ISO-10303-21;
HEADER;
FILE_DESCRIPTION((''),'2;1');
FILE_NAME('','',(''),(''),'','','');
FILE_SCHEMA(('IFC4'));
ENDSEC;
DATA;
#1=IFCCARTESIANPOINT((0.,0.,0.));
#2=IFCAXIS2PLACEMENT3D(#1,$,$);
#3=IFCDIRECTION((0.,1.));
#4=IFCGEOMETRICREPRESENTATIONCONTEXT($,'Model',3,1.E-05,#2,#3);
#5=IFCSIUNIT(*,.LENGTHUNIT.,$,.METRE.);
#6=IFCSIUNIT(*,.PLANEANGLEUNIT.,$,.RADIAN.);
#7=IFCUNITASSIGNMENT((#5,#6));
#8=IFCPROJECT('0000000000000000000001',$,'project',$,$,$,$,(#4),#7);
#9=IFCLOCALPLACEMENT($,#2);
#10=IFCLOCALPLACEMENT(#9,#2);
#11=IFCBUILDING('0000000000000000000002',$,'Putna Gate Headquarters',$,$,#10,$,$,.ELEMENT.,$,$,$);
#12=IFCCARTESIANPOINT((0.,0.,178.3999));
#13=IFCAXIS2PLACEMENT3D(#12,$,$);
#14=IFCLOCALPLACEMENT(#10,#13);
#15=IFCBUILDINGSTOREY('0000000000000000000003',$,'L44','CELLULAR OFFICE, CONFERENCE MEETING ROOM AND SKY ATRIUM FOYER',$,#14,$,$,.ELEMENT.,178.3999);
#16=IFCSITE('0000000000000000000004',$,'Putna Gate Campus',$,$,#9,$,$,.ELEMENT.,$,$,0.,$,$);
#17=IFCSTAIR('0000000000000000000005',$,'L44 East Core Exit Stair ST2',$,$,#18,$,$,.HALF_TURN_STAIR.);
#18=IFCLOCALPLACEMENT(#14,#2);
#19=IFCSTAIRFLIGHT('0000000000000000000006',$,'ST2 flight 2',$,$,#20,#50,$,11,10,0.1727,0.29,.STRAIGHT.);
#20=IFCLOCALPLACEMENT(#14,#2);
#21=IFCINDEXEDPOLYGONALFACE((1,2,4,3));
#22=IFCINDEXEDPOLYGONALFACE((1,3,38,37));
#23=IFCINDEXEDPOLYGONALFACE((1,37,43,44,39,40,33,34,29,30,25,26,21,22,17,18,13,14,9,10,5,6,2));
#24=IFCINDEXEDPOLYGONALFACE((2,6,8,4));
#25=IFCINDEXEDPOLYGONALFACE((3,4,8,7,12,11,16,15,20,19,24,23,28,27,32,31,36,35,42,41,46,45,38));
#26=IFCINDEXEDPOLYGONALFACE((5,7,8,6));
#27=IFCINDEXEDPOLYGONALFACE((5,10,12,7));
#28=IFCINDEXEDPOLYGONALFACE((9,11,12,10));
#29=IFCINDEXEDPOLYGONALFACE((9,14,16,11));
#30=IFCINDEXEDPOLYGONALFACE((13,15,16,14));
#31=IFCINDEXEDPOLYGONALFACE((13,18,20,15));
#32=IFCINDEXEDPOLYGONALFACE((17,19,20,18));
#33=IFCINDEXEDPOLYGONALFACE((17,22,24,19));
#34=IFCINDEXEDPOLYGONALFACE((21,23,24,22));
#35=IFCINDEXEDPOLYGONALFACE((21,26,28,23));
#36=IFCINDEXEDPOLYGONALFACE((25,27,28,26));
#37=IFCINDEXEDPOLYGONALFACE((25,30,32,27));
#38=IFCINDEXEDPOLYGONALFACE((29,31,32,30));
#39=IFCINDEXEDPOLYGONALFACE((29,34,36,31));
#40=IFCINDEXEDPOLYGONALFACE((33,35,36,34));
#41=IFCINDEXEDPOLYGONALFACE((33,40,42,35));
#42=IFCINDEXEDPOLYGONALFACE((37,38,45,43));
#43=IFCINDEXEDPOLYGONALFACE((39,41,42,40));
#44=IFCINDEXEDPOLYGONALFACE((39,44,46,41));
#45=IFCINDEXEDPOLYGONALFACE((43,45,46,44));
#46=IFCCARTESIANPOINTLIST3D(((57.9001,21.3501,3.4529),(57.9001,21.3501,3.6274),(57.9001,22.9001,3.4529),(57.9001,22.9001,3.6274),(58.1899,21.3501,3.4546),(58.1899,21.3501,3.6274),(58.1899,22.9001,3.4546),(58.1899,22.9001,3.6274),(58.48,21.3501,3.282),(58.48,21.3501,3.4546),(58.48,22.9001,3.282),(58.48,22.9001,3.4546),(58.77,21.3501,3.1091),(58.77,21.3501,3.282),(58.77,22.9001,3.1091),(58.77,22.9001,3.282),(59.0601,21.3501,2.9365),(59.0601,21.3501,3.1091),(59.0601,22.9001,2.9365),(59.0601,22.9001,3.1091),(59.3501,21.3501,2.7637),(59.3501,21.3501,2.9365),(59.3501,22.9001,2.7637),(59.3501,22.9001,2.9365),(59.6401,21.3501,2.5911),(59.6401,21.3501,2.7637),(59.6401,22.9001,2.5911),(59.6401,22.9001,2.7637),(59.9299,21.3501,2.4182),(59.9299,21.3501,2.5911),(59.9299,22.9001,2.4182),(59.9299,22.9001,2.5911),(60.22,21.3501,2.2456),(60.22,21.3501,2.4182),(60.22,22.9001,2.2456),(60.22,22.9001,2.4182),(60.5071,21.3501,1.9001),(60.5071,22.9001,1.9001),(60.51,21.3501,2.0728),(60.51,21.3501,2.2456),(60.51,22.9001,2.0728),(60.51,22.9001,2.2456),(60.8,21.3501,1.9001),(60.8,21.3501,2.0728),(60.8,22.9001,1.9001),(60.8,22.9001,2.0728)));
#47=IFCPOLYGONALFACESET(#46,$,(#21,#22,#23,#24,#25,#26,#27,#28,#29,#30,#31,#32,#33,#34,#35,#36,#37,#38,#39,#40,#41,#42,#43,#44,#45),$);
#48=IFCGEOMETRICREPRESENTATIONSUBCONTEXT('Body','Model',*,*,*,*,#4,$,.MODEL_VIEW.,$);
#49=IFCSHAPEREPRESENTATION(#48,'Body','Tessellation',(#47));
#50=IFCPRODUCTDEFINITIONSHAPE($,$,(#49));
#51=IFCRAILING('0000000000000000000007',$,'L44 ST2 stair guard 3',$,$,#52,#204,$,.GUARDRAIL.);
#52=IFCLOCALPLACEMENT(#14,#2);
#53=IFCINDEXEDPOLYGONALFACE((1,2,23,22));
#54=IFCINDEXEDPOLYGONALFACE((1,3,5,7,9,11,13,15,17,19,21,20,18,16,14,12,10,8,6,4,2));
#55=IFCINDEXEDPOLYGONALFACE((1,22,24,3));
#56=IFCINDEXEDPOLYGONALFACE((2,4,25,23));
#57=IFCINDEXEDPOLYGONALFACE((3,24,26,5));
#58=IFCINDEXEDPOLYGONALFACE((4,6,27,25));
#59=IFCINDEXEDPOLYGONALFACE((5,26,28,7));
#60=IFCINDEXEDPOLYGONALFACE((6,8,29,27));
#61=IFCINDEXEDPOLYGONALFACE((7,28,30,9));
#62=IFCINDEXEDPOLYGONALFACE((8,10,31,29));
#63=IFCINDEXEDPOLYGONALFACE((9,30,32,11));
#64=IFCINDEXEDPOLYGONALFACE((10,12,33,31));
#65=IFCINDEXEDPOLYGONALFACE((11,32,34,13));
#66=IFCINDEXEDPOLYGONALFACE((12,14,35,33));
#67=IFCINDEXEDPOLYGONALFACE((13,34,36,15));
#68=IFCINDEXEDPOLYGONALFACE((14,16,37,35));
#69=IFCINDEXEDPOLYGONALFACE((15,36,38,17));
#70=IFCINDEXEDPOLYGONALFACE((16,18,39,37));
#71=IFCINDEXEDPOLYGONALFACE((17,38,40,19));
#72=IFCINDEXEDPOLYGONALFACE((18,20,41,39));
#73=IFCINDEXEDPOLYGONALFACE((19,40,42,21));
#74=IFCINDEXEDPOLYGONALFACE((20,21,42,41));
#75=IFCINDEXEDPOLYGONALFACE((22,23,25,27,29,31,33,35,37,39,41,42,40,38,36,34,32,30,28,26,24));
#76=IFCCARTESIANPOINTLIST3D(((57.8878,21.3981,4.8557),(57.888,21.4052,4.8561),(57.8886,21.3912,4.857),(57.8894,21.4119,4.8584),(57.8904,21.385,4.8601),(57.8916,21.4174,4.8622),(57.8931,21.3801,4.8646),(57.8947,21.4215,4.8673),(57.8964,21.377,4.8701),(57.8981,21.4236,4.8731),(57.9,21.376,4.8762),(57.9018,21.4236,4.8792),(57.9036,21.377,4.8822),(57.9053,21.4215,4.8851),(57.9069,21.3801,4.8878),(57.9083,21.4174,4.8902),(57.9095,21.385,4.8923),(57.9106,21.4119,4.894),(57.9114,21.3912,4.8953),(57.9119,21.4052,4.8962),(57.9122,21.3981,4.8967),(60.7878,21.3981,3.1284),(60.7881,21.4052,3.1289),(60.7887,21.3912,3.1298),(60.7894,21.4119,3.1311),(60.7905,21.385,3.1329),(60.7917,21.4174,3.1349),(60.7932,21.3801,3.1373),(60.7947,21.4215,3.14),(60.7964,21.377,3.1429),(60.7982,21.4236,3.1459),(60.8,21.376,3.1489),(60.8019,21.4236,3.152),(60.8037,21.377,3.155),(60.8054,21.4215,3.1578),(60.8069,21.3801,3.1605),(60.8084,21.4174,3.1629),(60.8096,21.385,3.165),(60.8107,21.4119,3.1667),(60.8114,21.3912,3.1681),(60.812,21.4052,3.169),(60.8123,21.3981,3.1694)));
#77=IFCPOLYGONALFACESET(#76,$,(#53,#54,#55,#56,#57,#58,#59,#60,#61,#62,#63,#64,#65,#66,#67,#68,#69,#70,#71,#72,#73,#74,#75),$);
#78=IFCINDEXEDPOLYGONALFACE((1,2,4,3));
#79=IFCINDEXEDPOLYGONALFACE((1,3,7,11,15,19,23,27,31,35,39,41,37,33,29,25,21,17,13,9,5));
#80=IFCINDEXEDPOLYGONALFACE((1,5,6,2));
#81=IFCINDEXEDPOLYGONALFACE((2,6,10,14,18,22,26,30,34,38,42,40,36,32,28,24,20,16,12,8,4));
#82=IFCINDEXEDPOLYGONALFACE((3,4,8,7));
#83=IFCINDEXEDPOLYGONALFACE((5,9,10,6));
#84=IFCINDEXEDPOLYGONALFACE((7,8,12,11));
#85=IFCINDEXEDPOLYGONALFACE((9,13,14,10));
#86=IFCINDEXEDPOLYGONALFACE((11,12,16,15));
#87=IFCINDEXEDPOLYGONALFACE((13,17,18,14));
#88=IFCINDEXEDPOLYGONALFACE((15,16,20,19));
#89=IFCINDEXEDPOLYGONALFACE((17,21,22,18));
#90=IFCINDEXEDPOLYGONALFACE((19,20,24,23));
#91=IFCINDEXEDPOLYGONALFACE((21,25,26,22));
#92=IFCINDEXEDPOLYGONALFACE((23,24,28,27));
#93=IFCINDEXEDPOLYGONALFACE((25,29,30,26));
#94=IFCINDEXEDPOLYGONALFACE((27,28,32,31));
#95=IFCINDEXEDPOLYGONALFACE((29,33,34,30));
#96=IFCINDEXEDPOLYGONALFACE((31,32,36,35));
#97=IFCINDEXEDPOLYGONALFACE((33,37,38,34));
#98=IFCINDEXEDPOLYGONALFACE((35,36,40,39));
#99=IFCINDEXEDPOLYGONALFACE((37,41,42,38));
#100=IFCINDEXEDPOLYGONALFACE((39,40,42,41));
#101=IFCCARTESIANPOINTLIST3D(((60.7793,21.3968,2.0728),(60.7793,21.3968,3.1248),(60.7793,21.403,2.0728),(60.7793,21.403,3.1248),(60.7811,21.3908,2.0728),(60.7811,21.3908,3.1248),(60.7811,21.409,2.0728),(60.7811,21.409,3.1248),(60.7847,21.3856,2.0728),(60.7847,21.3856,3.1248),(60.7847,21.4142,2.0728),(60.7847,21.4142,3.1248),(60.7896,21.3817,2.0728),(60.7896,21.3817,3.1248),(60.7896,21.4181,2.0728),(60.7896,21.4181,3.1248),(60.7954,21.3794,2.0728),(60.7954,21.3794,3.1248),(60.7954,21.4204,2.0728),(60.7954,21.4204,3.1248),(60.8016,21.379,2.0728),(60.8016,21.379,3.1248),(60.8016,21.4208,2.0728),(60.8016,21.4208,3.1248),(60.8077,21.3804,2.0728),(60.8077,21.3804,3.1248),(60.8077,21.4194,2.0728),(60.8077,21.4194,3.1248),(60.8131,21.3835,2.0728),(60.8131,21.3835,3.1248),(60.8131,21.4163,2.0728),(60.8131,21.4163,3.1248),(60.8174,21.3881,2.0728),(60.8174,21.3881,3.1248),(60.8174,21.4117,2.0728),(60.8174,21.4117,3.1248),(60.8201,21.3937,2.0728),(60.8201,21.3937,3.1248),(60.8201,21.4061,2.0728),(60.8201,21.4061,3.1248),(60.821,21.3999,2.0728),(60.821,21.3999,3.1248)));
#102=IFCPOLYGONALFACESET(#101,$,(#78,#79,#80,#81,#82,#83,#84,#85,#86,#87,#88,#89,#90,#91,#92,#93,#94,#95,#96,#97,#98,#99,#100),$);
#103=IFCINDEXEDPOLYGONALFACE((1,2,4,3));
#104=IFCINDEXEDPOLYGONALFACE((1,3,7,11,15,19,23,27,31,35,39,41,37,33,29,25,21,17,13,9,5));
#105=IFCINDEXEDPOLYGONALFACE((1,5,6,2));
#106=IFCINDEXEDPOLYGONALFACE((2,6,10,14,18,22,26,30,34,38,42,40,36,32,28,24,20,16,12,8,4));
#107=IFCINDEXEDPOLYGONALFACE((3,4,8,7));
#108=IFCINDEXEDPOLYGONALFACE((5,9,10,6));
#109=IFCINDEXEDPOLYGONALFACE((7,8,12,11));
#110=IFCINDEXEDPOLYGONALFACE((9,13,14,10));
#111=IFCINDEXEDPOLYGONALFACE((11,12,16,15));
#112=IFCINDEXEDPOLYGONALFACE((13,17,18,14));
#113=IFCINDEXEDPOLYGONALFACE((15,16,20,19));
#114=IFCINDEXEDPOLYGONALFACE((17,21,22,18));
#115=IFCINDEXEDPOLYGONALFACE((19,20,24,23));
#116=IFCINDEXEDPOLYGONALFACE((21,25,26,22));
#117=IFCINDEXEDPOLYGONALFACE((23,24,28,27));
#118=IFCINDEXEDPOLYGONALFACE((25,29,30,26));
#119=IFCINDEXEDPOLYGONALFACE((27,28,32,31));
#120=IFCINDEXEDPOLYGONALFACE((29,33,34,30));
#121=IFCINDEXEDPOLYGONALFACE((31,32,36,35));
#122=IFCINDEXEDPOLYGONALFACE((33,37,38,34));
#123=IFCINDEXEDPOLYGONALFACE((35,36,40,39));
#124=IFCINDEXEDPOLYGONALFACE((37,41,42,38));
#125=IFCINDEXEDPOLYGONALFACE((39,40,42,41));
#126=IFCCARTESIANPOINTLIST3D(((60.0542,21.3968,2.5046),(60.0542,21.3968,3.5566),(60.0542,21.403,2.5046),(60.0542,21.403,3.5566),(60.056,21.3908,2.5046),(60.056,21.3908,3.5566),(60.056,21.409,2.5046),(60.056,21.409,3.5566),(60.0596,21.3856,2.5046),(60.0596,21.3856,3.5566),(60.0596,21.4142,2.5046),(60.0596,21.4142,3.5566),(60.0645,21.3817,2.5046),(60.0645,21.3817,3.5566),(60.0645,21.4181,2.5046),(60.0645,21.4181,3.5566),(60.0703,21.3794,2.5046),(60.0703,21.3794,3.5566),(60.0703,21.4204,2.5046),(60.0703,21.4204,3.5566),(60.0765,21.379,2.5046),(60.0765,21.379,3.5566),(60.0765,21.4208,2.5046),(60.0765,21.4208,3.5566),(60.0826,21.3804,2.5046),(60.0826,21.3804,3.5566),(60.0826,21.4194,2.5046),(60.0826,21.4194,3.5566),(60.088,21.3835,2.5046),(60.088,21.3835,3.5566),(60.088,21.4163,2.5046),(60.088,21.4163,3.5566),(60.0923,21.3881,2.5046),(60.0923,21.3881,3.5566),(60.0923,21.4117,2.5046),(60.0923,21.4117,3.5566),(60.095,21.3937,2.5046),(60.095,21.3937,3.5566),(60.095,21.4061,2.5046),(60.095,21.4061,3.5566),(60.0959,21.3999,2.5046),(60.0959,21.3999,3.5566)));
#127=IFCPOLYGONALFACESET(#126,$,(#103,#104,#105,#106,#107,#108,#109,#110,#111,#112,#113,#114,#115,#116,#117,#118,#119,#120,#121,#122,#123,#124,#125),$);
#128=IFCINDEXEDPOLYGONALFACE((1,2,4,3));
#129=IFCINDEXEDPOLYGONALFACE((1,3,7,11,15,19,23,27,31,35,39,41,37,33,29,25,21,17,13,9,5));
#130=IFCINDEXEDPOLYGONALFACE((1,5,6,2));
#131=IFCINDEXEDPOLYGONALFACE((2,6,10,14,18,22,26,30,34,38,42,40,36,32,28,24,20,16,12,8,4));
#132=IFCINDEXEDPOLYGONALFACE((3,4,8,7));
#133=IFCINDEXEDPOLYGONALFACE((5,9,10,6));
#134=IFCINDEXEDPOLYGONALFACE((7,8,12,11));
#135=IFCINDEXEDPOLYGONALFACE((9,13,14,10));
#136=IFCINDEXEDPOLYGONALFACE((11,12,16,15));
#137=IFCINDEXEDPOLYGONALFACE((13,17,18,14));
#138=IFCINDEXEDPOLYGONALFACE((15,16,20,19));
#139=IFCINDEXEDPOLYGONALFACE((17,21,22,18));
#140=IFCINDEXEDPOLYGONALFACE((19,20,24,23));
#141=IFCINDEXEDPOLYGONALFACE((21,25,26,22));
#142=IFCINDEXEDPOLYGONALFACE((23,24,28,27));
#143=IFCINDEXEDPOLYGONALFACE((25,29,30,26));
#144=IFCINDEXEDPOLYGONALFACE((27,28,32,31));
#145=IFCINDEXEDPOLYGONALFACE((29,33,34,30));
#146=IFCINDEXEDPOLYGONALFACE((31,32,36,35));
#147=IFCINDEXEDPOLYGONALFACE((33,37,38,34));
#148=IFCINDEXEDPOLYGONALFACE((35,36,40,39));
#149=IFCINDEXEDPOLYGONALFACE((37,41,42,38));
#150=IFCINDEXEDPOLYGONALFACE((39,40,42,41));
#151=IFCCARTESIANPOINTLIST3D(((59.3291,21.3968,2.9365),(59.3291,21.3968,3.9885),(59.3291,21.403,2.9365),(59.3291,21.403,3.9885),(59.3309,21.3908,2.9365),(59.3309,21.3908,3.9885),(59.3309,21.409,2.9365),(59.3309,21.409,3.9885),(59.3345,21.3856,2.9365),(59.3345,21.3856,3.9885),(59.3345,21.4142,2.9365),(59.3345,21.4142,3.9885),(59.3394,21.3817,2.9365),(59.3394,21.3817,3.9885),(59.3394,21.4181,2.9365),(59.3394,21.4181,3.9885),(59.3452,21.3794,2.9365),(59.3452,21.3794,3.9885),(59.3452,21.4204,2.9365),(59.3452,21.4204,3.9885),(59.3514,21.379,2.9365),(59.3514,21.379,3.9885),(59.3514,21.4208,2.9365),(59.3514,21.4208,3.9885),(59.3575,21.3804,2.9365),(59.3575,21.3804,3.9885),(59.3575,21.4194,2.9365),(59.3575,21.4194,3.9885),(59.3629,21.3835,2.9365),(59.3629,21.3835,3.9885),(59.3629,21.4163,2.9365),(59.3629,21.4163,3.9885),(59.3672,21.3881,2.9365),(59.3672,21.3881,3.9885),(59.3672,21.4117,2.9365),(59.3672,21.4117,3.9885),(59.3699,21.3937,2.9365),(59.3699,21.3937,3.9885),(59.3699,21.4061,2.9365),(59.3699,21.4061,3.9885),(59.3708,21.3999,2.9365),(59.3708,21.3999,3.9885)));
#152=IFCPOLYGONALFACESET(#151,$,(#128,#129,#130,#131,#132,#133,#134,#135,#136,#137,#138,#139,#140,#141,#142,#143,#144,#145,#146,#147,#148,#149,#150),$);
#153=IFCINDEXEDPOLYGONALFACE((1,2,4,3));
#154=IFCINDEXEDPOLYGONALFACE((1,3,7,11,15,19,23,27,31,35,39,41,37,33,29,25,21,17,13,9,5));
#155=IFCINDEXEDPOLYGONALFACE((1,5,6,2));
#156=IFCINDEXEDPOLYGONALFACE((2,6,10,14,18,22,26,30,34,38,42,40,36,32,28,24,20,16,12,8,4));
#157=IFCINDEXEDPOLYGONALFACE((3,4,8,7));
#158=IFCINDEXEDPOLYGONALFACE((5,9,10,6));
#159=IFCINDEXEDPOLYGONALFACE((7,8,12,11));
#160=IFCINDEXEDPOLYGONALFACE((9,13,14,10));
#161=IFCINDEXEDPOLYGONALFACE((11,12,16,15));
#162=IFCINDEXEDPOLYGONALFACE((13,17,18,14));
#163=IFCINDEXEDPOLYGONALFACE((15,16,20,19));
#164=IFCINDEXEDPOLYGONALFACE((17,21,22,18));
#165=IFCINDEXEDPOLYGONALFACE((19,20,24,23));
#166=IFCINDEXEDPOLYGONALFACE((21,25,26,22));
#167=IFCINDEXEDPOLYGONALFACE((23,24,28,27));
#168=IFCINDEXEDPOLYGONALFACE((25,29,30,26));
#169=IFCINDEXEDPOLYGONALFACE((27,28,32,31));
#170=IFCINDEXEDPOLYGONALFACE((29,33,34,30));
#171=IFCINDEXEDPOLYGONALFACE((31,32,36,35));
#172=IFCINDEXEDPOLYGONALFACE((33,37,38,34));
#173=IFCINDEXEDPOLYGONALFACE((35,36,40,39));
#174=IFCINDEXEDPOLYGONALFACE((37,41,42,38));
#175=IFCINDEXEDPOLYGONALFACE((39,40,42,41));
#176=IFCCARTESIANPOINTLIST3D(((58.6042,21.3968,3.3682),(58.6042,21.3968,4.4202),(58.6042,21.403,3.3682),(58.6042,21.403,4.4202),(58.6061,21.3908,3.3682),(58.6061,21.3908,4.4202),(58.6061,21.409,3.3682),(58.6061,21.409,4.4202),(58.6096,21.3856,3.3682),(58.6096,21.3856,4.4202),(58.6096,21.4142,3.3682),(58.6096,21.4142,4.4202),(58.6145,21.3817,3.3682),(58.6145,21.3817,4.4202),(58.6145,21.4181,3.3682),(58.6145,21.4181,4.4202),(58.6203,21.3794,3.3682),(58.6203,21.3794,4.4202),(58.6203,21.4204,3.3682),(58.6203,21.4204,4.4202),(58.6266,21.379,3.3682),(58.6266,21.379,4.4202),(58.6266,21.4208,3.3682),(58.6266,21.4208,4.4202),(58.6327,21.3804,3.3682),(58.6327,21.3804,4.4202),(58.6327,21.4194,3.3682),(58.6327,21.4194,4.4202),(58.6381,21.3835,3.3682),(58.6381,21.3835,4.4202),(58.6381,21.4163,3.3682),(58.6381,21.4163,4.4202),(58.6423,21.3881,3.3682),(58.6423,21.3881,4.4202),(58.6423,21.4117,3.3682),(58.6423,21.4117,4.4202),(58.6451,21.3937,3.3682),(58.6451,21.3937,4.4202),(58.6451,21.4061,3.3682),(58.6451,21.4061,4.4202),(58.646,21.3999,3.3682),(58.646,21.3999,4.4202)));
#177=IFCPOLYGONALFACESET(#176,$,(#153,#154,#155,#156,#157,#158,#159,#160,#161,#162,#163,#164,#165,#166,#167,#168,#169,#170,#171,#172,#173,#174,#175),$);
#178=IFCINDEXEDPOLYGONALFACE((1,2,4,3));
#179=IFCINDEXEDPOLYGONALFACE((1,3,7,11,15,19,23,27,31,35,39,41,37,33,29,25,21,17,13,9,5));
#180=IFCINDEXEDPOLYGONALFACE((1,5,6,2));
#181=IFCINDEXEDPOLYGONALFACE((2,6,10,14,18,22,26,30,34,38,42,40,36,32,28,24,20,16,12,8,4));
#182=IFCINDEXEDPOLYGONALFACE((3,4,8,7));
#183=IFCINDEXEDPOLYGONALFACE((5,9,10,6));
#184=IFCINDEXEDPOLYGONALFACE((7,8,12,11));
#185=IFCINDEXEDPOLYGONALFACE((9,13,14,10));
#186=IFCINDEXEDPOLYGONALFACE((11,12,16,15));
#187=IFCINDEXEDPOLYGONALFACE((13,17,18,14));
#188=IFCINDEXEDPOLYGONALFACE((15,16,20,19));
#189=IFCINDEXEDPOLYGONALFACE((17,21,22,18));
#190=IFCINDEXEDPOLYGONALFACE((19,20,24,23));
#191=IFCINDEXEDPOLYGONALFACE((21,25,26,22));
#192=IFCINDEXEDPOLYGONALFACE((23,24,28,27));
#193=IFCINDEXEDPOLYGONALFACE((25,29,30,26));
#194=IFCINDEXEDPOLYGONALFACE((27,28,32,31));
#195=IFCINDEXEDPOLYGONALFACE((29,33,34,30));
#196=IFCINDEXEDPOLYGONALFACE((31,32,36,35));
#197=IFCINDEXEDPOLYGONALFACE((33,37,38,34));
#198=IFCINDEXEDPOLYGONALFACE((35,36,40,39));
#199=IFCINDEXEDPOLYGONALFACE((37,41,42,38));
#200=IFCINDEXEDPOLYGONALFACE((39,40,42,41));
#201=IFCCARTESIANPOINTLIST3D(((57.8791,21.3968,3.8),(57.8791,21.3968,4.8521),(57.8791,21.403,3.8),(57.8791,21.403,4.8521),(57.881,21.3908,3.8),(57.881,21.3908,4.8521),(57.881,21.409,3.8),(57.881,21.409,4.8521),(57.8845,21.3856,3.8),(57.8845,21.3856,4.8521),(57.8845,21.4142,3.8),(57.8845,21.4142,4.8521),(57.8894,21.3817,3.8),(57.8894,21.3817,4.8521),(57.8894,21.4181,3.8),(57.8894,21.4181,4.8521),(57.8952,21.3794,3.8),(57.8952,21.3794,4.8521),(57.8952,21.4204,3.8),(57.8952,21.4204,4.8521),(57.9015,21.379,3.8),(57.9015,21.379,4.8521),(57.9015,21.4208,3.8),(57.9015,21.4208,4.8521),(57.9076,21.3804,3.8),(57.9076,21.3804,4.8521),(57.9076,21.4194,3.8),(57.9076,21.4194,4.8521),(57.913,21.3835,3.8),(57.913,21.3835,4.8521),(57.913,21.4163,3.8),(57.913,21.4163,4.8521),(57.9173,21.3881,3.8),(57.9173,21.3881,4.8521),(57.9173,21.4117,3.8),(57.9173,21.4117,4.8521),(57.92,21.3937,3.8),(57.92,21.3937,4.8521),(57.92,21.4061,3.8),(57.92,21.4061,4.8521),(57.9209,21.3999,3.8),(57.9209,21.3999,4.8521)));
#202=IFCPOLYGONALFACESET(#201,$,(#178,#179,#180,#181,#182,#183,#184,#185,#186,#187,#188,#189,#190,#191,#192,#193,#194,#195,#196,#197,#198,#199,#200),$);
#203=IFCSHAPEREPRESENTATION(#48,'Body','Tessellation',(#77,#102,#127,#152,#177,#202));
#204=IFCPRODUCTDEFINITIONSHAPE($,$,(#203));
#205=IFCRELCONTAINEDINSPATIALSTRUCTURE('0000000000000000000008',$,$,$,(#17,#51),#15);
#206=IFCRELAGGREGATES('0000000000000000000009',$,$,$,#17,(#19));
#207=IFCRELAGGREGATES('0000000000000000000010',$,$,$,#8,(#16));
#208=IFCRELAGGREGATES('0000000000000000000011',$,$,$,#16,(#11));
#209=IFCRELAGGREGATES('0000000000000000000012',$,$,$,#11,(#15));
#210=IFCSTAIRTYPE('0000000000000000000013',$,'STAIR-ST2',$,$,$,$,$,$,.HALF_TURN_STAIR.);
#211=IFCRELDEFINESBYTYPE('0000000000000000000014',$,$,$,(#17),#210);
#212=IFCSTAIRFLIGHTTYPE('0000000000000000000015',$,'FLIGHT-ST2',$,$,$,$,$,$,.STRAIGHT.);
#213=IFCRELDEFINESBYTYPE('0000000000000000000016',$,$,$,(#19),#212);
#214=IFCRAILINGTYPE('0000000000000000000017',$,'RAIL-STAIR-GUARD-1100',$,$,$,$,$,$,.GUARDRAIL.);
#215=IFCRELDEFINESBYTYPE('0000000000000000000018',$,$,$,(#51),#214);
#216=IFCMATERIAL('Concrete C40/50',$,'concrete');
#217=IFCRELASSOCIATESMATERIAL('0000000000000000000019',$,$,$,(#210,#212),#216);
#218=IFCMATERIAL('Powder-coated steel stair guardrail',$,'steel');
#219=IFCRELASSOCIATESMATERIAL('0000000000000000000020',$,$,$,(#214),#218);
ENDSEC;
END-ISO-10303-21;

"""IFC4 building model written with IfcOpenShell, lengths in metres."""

from ifc_helpers import new_model, si_unit, direction, frame, origin, origin_2d, place, context, subcontext, project, spatial, polyline, circle, outline, extrude, material, type_object, element, aggregate, save


model = new_model("IFC4")

# Units and contexts
model_context = context("Model", 3, precision=1e-05, world=origin(), true_north=direction((0.0, 1.0)))
body_context = subcontext(model_context, "Body", "Model", "MODEL_VIEW")
ifc_project = project(units=[si_unit("LENGTHUNIT", "METRE"), si_unit("PLANEANGLEUNIT", "RADIAN")], contexts=[model_context])

# Site, building, storey
site_placement = place(None, origin())
site = spatial("IfcSite", under=ifc_project, at=site_placement, Name="Putna Gate Campus", CompositionType="ELEMENT", RefElevation=0.0)
building_placement = place(site_placement, origin())
building = spatial("IfcBuilding", under=site, at=building_placement, Name="Putna Gate Headquarters", CompositionType="ELEMENT")
storey_placement = place(building_placement, frame((0.0, 0.0, 178.3999)))
storey = spatial("IfcBuildingStorey", under=building, at=storey_placement, Name="L44", Description="CELLULAR OFFICE, CONFERENCE MEETING ROOM AND SKY ATRIUM FOYER", CompositionType="ELEMENT", Elevation=178.3999)

# Shared definitions
ifc_material_1 = material(Name="Concrete C40/50", Category="concrete")

# Stair, stair flight
stair_type = type_object("IfcStairType", Name="STAIR-ST2", PredefinedType="HALF_TURN_STAIR", material=ifc_material_1)
stair_placement = place(storey_placement, origin())
stair = element("IfcStair", 1, at=stair_placement, inside=storey, type_object=stair_type, Name="L44 East Core Exit Stair ST2", PredefinedType="HALF_TURN_STAIR")
stair_flight_type = type_object("IfcStairFlightType", Name="FLIGHT-ST2", PredefinedType="STRAIGHT", material=ifc_material_1)
stair_flight_placement = place(storey_placement, frame((60.8, 22.125, 1.9001), z_axis=(0.0, 0.0, 1.0), x_axis=(-1.0, 0.0, 0.0)))
stair_flight = element("IfcStairFlight", 2, at=stair_flight_placement, type_object=stair_flight_type, Name="ST2 flight 2", NumberOfRisers=11, NumberOfTreads=10, PredefinedType="STRAIGHT", RiserHeight=0.1727, TreadLength=0.29, context=body_context, shape_type="SweptSolid", body=[
    extrude(outline(polyline([(0.0, 0.0), (0.0, 0.1726), (0.29, 0.1726), (0.29, 0.3455), (0.5801, 0.3455), (0.5801, 0.5181), (0.8701, 0.5181), (0.8701, 0.6909), (1.1599, 0.6909), (1.1599, 0.8635), (1.45, 0.8635), (1.45, 1.0364), (1.74, 1.0364), (1.74, 1.209), (2.03, 1.209), (2.03, 1.3818), (2.3201, 1.3818), (2.3201, 1.5544), (2.6101, 1.5544), (2.6101, 1.7273), (2.8999, 1.7273), (2.8999, 1.8999), (2.8999, 1.5527), (0.293, 0.0), (0.0, 0.0)])), frame((0.0, 0.7749, 0.0), z_axis=(0.0, -1.0, 0.0), x_axis=(1.0, 0.0, 0.0)), (0.0, 0.0, 1.0), 1.55),
])
aggregate(stair, [stair_flight])

# Railing
ifc_material_2 = material(Name="Powder-coated steel stair guardrail", Category="steel")
railing_type_1 = type_object("IfcRailingType", Name="RAIL-STAIR-GUARD-1100", PredefinedType="GUARDRAIL", material=ifc_material_2)
railing_1_placement = place(storey_placement, frame((60.8, 21.3999, 2.0728)))
element("IfcRailing", 3, at=railing_1_placement, inside=storey, type_object=railing_type_1, Name="L44 ST2 stair guard 3", PredefinedType="GUARDRAIL", context=body_context, shape_type="SweptSolid", body=[
    extrude(circle(Radius=0.0239, at=origin_2d()), frame((0.0, 0.0, 1.0762), z_axis=(-0.85916, 0.0, 0.511706), x_axis=(0.0, -1.0, 0.0)), (0.0, 0.0, 1.0), 3.3755),
    extrude(circle(Radius=0.021, at=origin_2d()), origin(), (0.0, 0.0, 1.0), 1.052),
    extrude(circle(Radius=0.021, at=origin_2d()), frame((-0.7251, 0.0, 0.4319)), (0.0, 0.0, 1.0), 1.052),
    extrude(circle(Radius=0.021, at=origin_2d()), frame((-1.4502, 0.0, 0.8638)), (0.0, 0.0, 1.0), 1.052),
    extrude(circle(Radius=0.021, at=origin_2d()), frame((-2.175, 0.0, 1.2954)), (0.0, 0.0, 1.0), 1.052),
    extrude(circle(Radius=0.021, at=origin_2d()), frame((-2.9001, 0.0, 1.7273)), (0.0, 0.0, 1.0), 1.052),
])

save(model, "model.ifc")
